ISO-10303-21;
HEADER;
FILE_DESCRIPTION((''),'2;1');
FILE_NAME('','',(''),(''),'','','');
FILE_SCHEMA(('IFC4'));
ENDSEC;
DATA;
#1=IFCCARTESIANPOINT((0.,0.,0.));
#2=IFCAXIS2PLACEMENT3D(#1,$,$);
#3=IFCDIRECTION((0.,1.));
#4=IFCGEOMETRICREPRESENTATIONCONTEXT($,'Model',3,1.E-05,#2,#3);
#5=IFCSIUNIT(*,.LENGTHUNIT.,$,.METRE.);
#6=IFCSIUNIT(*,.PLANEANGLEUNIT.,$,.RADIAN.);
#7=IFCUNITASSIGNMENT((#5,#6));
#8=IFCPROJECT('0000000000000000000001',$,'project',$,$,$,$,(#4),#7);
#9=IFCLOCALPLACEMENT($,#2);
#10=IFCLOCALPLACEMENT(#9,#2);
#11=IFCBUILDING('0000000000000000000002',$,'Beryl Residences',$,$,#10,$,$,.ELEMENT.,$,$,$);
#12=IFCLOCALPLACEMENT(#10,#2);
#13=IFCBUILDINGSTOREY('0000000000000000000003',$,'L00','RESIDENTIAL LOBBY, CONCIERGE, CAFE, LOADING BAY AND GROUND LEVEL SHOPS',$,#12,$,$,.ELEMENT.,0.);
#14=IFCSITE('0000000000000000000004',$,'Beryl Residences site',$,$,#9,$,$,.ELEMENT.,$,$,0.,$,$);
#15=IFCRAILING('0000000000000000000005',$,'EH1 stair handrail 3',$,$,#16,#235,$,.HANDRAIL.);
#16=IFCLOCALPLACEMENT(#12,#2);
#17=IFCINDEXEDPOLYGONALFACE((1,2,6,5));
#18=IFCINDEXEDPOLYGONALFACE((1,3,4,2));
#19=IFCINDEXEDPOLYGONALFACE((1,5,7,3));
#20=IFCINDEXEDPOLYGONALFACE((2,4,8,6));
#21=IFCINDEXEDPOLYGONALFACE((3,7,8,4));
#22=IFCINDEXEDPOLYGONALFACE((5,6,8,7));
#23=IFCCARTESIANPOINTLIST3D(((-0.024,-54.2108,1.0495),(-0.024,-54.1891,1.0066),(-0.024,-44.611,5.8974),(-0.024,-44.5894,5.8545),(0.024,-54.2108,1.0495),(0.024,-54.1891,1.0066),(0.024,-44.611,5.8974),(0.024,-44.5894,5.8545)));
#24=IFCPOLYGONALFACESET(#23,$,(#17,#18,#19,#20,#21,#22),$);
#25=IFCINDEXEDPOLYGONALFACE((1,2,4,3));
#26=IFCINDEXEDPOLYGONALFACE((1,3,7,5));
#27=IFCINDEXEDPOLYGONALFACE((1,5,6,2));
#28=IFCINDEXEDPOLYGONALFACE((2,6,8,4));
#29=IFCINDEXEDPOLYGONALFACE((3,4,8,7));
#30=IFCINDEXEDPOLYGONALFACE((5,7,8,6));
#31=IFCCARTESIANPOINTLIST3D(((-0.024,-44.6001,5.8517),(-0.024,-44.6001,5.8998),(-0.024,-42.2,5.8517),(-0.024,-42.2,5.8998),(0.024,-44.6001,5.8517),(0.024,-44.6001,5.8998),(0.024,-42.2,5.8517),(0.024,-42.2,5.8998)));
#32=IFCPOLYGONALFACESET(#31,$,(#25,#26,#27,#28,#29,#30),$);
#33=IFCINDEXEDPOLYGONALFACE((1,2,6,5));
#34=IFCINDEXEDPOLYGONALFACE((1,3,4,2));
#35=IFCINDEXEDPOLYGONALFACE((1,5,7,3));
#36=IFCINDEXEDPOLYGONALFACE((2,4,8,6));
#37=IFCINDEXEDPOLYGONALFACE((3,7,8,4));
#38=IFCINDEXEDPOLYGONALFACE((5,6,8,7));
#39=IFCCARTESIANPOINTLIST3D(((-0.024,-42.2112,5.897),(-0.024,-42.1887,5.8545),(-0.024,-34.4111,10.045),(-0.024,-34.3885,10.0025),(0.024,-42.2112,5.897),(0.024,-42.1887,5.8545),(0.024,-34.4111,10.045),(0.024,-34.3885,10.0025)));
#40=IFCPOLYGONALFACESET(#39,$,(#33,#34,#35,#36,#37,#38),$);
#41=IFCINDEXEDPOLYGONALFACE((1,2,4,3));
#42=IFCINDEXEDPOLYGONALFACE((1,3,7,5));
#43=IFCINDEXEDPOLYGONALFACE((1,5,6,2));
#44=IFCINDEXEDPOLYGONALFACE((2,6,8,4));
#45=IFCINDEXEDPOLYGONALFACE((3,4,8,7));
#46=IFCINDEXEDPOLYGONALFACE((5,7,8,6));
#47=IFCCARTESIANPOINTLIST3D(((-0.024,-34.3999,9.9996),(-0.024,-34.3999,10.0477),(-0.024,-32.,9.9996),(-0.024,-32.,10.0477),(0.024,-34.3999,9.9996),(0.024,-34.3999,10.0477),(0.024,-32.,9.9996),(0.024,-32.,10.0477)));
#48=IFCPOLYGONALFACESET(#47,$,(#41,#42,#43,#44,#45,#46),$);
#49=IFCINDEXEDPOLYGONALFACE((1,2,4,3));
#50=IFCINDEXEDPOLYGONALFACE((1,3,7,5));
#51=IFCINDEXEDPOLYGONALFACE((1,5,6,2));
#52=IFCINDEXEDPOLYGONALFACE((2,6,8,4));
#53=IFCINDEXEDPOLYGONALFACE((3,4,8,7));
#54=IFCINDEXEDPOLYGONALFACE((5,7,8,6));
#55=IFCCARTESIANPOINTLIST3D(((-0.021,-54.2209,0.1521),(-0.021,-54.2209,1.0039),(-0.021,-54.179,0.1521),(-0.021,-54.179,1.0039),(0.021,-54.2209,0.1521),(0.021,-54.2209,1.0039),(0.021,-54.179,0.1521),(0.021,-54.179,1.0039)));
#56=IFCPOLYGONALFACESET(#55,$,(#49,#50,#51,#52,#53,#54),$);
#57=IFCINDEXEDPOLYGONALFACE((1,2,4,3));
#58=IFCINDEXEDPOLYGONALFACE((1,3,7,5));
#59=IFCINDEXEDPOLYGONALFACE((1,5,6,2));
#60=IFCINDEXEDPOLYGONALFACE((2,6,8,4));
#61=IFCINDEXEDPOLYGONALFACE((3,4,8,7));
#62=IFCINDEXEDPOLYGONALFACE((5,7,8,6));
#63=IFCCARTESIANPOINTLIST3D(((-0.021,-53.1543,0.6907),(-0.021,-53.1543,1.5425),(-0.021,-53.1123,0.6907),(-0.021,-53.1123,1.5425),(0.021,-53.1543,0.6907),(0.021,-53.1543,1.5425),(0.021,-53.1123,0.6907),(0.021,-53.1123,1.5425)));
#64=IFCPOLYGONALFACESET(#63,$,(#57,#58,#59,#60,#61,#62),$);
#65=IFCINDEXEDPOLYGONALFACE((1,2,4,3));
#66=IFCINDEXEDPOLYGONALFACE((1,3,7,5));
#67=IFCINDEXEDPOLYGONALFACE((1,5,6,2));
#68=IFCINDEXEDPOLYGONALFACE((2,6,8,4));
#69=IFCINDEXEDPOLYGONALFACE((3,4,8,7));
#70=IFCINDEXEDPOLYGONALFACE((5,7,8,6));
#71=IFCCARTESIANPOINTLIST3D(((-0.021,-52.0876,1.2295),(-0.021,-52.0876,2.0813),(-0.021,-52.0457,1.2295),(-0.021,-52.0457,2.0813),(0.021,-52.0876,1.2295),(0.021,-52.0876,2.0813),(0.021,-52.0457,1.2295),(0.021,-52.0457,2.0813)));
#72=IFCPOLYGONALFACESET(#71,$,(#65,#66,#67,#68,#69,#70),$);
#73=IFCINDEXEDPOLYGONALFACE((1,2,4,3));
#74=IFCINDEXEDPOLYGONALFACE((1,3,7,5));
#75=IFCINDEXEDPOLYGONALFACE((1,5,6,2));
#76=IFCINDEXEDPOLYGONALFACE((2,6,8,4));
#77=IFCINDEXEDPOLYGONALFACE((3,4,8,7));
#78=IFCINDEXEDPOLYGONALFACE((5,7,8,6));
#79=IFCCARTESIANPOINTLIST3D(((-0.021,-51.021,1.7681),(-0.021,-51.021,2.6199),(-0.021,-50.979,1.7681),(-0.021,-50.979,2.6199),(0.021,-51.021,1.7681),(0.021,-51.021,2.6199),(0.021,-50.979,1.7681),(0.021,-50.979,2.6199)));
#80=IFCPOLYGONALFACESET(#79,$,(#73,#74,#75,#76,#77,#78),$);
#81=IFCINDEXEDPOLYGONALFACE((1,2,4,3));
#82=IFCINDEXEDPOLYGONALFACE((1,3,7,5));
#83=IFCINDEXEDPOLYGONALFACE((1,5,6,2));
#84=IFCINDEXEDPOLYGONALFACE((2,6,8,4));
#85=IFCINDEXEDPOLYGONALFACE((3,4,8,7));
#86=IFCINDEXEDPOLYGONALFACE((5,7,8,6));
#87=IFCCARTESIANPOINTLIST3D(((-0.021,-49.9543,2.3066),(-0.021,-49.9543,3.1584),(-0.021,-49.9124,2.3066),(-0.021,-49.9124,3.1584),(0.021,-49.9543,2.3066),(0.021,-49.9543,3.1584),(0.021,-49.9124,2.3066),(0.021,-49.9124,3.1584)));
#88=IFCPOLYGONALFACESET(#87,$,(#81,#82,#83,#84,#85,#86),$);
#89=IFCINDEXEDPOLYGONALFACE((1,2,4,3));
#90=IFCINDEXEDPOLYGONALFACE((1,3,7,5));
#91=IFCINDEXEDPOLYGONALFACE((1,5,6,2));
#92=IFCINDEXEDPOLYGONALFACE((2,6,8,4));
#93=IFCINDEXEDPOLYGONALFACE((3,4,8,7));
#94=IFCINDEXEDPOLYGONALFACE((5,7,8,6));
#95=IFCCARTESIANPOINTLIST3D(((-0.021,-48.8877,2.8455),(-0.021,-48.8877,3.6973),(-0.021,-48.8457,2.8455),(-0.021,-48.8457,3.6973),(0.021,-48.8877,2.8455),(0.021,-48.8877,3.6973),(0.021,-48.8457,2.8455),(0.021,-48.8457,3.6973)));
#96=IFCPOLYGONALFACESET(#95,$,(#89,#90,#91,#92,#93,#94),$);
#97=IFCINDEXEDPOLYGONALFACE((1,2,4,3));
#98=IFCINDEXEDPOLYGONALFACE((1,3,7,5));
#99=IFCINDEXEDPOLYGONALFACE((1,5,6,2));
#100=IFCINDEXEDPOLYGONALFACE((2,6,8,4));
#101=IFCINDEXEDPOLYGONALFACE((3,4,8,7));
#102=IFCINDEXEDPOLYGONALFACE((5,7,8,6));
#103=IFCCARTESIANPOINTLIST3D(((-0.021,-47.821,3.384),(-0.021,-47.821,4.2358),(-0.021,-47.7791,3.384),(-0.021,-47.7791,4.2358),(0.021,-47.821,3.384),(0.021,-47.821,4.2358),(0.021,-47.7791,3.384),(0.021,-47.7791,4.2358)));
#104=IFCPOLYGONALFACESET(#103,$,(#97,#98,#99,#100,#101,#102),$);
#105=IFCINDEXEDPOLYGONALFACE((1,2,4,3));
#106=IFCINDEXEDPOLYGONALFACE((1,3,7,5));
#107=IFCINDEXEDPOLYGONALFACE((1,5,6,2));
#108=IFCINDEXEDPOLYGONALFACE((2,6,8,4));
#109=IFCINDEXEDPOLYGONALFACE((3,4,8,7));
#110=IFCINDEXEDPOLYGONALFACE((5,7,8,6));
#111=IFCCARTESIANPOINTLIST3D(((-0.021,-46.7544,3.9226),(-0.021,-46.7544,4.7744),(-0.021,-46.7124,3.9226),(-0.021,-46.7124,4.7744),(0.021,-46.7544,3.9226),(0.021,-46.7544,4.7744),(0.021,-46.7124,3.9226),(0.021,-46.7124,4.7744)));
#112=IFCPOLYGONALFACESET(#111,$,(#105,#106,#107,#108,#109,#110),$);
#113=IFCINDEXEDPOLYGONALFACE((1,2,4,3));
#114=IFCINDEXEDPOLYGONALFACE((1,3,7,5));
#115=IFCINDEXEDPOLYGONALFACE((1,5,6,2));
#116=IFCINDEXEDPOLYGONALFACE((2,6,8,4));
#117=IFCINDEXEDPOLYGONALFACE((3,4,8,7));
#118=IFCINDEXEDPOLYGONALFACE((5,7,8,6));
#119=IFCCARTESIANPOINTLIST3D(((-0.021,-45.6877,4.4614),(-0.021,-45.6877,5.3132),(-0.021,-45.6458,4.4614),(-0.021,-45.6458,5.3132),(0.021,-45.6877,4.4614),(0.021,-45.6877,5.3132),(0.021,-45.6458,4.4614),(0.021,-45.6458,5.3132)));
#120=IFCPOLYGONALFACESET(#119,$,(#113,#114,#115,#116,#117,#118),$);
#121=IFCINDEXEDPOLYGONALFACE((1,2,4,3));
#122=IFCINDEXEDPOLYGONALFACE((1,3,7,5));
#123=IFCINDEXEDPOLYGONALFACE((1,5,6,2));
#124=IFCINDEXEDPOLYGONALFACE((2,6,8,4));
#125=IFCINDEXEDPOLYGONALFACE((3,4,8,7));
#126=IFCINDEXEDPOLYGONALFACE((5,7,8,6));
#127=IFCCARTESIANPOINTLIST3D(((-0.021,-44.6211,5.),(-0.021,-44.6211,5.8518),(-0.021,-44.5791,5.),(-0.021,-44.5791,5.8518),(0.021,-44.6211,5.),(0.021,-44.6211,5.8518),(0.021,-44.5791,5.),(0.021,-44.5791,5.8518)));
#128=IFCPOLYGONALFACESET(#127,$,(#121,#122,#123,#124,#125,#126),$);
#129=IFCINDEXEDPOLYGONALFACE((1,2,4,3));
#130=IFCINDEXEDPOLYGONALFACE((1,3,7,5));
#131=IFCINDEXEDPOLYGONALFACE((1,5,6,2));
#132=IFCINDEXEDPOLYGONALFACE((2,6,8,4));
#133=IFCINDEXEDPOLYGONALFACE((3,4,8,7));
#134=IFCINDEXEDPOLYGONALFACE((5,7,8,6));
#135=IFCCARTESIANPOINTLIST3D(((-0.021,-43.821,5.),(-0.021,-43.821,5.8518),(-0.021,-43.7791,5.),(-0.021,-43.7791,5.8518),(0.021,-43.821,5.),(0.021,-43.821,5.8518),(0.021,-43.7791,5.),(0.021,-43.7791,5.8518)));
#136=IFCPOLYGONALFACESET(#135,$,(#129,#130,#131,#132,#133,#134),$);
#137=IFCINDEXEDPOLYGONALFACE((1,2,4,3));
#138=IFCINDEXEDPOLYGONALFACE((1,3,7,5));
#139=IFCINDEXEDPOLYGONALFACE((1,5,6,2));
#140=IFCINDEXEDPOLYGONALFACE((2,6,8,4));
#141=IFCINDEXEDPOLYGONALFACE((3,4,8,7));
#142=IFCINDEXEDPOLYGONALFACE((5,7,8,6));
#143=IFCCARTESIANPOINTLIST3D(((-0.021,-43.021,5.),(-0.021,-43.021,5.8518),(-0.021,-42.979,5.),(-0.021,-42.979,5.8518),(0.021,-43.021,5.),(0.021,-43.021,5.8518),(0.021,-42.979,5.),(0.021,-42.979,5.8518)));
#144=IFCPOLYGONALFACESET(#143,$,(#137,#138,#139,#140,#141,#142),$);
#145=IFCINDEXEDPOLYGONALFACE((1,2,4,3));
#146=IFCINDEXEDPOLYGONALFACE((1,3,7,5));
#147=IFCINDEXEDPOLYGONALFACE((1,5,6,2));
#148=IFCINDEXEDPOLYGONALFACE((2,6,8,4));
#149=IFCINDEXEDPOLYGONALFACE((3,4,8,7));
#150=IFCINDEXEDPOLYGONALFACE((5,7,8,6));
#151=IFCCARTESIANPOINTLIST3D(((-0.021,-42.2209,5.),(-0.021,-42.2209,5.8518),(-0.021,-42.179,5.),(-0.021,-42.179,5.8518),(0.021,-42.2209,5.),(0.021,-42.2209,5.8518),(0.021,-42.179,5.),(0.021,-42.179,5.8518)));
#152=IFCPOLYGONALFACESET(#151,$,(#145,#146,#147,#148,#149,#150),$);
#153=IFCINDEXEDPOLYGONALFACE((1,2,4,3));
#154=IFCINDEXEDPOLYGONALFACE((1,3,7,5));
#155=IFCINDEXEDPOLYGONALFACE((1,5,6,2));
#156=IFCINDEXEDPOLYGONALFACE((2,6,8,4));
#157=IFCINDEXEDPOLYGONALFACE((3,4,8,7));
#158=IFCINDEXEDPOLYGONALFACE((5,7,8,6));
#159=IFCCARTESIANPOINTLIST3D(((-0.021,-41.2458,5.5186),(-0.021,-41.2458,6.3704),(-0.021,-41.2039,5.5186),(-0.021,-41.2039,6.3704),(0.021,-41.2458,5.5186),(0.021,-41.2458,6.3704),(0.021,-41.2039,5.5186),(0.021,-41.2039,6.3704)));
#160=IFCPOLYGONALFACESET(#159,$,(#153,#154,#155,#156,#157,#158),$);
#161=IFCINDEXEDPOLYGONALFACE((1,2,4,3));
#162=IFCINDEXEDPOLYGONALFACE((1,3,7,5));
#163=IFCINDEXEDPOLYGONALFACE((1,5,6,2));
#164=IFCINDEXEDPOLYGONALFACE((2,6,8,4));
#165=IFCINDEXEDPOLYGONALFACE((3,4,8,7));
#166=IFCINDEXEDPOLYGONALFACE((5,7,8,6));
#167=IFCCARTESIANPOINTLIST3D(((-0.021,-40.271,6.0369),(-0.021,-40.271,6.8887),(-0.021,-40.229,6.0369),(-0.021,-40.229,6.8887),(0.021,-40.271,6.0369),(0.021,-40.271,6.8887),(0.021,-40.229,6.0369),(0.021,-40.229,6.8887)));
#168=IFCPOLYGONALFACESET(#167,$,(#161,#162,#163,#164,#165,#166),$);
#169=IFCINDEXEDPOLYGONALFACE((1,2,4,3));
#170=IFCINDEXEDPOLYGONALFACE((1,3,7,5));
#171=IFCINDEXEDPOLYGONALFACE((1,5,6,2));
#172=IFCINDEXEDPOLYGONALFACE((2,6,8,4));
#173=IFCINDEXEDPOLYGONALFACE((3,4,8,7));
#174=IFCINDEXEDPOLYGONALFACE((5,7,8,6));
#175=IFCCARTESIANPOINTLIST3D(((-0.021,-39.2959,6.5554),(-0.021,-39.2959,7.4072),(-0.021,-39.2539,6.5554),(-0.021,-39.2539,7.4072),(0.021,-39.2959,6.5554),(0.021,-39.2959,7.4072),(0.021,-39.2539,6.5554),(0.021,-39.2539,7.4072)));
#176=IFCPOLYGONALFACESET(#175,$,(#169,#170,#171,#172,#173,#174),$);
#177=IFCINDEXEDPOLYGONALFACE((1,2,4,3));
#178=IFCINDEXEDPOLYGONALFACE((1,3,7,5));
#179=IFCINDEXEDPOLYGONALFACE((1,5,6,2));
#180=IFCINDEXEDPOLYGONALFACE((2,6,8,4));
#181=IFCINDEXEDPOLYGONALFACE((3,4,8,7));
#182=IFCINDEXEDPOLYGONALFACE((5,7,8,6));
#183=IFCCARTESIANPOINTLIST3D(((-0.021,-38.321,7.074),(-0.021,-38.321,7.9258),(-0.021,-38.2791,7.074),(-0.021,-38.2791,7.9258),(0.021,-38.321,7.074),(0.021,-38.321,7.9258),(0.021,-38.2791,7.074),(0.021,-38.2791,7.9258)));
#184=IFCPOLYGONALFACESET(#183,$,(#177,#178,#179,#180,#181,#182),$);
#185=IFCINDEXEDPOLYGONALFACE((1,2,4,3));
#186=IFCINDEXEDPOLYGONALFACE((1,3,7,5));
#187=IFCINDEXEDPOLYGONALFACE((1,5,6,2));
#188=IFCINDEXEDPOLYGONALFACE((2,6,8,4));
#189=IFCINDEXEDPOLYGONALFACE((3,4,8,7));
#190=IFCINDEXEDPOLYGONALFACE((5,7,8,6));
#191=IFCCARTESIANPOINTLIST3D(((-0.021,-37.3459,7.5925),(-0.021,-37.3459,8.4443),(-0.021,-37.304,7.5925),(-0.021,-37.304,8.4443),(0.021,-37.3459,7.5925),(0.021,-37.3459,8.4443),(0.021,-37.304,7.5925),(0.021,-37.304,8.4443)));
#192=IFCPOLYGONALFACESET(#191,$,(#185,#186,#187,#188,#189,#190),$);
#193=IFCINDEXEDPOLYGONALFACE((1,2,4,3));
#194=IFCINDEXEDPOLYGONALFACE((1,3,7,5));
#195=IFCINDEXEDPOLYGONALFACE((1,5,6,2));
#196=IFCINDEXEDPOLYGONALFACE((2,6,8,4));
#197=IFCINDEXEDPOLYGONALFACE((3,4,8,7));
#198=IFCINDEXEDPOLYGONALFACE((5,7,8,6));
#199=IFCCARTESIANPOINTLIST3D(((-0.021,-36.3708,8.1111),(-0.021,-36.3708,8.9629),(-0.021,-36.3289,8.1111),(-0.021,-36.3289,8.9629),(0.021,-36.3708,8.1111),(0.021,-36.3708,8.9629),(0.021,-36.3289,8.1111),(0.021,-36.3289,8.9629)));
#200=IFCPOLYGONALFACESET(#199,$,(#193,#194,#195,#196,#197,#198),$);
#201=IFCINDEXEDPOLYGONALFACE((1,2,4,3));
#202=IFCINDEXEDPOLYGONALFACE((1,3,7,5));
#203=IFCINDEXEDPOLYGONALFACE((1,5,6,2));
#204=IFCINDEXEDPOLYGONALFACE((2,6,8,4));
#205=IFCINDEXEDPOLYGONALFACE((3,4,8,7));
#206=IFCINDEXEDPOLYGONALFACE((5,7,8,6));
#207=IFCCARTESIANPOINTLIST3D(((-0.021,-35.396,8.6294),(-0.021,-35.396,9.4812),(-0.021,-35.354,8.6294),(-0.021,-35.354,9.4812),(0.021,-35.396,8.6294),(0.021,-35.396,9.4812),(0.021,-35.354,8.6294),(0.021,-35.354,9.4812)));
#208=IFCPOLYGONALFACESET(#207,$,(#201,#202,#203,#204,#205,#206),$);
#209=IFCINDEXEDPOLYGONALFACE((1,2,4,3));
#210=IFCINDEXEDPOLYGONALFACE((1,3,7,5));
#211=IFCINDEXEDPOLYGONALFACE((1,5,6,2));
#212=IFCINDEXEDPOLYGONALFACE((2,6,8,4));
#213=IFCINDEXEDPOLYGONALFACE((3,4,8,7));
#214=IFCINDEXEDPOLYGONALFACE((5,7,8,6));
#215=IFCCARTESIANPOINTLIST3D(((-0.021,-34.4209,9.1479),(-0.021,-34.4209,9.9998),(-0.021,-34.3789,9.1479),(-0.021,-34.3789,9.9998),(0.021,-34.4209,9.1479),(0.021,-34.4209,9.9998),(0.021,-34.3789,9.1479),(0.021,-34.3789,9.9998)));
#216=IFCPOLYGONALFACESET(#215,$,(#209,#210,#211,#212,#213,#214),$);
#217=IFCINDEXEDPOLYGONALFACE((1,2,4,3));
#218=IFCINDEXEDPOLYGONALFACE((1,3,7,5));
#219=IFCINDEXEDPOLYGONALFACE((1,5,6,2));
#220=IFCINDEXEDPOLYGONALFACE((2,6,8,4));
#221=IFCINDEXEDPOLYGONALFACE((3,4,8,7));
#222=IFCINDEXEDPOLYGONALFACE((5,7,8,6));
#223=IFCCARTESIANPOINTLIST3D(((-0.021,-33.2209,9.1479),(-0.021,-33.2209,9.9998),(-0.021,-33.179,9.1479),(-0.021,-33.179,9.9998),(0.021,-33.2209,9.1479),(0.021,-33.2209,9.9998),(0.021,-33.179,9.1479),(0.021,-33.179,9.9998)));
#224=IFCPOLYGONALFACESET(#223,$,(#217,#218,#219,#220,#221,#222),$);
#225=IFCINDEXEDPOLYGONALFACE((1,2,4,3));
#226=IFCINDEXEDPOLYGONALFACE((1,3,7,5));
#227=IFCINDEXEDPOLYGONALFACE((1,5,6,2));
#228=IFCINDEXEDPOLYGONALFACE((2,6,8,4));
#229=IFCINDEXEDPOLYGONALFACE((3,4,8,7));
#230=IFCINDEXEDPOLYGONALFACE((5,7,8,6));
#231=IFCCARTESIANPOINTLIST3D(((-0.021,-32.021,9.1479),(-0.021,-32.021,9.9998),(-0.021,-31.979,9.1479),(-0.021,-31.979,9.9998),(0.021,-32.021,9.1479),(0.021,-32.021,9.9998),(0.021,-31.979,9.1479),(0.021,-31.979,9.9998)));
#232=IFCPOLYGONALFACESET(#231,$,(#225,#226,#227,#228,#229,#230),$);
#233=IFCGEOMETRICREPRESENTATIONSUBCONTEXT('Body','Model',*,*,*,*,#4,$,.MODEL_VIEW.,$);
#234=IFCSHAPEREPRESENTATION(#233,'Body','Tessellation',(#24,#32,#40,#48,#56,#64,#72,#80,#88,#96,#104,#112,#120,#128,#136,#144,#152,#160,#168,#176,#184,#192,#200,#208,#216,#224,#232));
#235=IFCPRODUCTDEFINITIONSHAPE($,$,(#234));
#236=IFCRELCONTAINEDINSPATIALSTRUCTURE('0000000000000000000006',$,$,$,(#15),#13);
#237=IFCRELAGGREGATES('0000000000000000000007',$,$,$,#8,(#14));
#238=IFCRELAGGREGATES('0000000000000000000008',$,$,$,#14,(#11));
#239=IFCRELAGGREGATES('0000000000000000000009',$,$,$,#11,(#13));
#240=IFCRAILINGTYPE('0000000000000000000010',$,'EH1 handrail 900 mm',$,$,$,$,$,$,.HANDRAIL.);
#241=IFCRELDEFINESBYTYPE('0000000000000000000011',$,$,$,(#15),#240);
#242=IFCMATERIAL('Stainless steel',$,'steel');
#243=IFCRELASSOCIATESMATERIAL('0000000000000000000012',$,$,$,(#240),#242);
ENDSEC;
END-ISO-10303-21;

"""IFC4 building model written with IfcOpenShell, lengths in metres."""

from ifc_helpers import new_model, si_unit, direction, frame, origin, origin_2d, place, context, subcontext, project, spatial, rectangle, extrude, material, type_object, element, save


model = new_model("IFC4")

# Units and contexts
model_context = context("Model", 3, precision=1e-05, world=origin(), true_north=direction((0.0, 1.0)))
body_context = subcontext(model_context, "Body", "Model", "MODEL_VIEW")
ifc_project = project(units=[si_unit("LENGTHUNIT", "METRE"), si_unit("PLANEANGLEUNIT", "RADIAN")], contexts=[model_context])

# Site, building, storey
site_placement = place(None, origin())
site = spatial("IfcSite", under=ifc_project, at=site_placement, Name="Beryl Residences site", CompositionType="ELEMENT", RefElevation=0.0)
building_placement = place(site_placement, origin())
building = spatial("IfcBuilding", under=site, at=building_placement, Name="Beryl Residences", CompositionType="ELEMENT")
storey_placement = place(building_placement, origin())
storey = spatial("IfcBuildingStorey", under=building, at=storey_placement, Name="L00", Description="RESIDENTIAL LOBBY, CONCIERGE, CAFE, LOADING BAY AND GROUND LEVEL SHOPS", CompositionType="ELEMENT", Elevation=0.0)

# Railing
ifc_material_1 = material(Name="Stainless steel", Category="steel")
railing_type_1 = type_object("IfcRailingType", Name="EH1 handrail 900 mm", PredefinedType="HANDRAIL", material=ifc_material_1)
railing_1_placement = place(storey_placement, frame((0.0, -54.2, 0.1521)))
element("IfcRailing", 1, at=railing_1_placement, inside=storey, type_object=railing_type_1, Name="EH1 stair handrail 3", PredefinedType="HANDRAIL", context=body_context, shape_type="SweptSolid", body=[
    extrude(rectangle(XDim=0.0481, YDim=0.0481, at=origin_2d()), frame((0.0, 0.0, 0.876), z_axis=(0.0, 0.892636, 0.450779), x_axis=(-1.0, 0.0, 0.0)), (0.0, 0.0, 1.0), 10.7544),
    extrude(rectangle(XDim=0.0481, YDim=0.0481, at=origin_2d()), frame((0.0, 9.5999, 5.7236), z_axis=(0.0, 1.0, 0.0), x_axis=(-1.0, 0.0, 0.0)), (0.0, 0.0, 1.0), 2.4001),
    extrude(rectangle(XDim=0.0481, YDim=0.0481, at=origin_2d()), frame((0.0, 12.0, 5.7236), z_axis=(0.0, 0.88292, 0.469524), x_axis=(-1.0, 0.0, 0.0)), (0.0, 0.0, 1.0), 8.8345),
    extrude(rectangle(XDim=0.0481, YDim=0.0481, at=origin_2d()), frame((0.0, 19.8, 9.8716), z_axis=(0.0, 1.0, 0.0), x_axis=(-1.0, 0.0, 0.0)), (0.0, 0.0, 1.0), 2.3999),
    extrude(rectangle(XDim=0.042, YDim=0.042, at=origin_2d()), origin(), (0.0, 0.0, 1.0), 0.8518),
    extrude(rectangle(XDim=0.042, YDim=0.042, at=origin_2d()), frame((0.0, 1.0667, 0.5386)), (0.0, 0.0, 1.0), 0.8518),
    extrude(rectangle(XDim=0.042, YDim=0.042, at=origin_2d()), frame((0.0, 2.1333, 1.0774)), (0.0, 0.0, 1.0), 0.8518),
    extrude(rectangle(XDim=0.042, YDim=0.042, at=origin_2d()), frame((0.0, 3.2, 1.616)), (0.0, 0.0, 1.0), 0.8518),
    extrude(rectangle(XDim=0.042, YDim=0.042, at=origin_2d()), frame((0.0, 4.2666, 2.1545)), (0.0, 0.0, 1.0), 0.8518),
    extrude(rectangle(XDim=0.042, YDim=0.042, at=origin_2d()), frame((0.0, 5.3333, 2.6934)), (0.0, 0.0, 1.0), 0.8518),
    extrude(rectangle(XDim=0.042, YDim=0.042, at=origin_2d()), frame((0.0, 6.3999, 3.2319)), (0.0, 0.0, 1.0), 0.8518),
    extrude(rectangle(XDim=0.042, YDim=0.042, at=origin_2d()), frame((0.0, 7.4666, 3.7705)), (0.0, 0.0, 1.0), 0.8518),
    extrude(rectangle(XDim=0.042, YDim=0.042, at=origin_2d()), frame((0.0, 8.5332, 4.3093)), (0.0, 0.0, 1.0), 0.8518),
    extrude(rectangle(XDim=0.042, YDim=0.042, at=origin_2d()), frame((0.0, 9.5999, 4.8479)), (0.0, 0.0, 1.0), 0.8518),
    extrude(rectangle(XDim=0.042, YDim=0.042, at=origin_2d()), frame((0.0, 10.3999, 4.8479)), (0.0, 0.0, 1.0), 0.8518),
    extrude(rectangle(XDim=0.042, YDim=0.042, at=origin_2d()), frame((0.0, 11.2, 4.8479)), (0.0, 0.0, 1.0), 0.8518),
    extrude(rectangle(XDim=0.042, YDim=0.042, at=origin_2d()), frame((0.0, 12.0, 4.8479)), (0.0, 0.0, 1.0), 0.8518),
    extrude(rectangle(XDim=0.042, YDim=0.042, at=origin_2d()), frame((0.0, 12.9751, 5.3665)), (0.0, 0.0, 1.0), 0.8518),
    extrude(rectangle(XDim=0.042, YDim=0.042, at=origin_2d()), frame((0.0, 13.95, 5.8848)), (0.0, 0.0, 1.0), 0.8518),
    extrude(rectangle(XDim=0.042, YDim=0.042, at=origin_2d()), frame((0.0, 14.925, 6.4033)), (0.0, 0.0, 1.0), 0.8518),
    extrude(rectangle(XDim=0.042, YDim=0.042, at=origin_2d()), frame((0.0, 15.8999, 6.9219)), (0.0, 0.0, 1.0), 0.8518),
    extrude(rectangle(XDim=0.042, YDim=0.042, at=origin_2d()), frame((0.0, 16.875, 7.4404)), (0.0, 0.0, 1.0), 0.8518),
    extrude(rectangle(XDim=0.042, YDim=0.042, at=origin_2d()), frame((0.0, 17.8501, 7.959)), (0.0, 0.0, 1.0), 0.8518),
    extrude(rectangle(XDim=0.042, YDim=0.042, at=origin_2d()), frame((0.0, 18.825, 8.4773)), (0.0, 0.0, 1.0), 0.8518),
    extrude(rectangle(XDim=0.042, YDim=0.042, at=origin_2d()), frame((0.0, 19.8, 8.9958)), (0.0, 0.0, 1.0), 0.8518),
    extrude(rectangle(XDim=0.042, YDim=0.042, at=origin_2d()), frame((0.0, 21.0, 8.9958)), (0.0, 0.0, 1.0), 0.8518),
    extrude(rectangle(XDim=0.042, YDim=0.042, at=origin_2d()), frame((0.0, 22.2, 8.9958)), (0.0, 0.0, 1.0), 0.8518),
])

save(model, "model.ifc")
